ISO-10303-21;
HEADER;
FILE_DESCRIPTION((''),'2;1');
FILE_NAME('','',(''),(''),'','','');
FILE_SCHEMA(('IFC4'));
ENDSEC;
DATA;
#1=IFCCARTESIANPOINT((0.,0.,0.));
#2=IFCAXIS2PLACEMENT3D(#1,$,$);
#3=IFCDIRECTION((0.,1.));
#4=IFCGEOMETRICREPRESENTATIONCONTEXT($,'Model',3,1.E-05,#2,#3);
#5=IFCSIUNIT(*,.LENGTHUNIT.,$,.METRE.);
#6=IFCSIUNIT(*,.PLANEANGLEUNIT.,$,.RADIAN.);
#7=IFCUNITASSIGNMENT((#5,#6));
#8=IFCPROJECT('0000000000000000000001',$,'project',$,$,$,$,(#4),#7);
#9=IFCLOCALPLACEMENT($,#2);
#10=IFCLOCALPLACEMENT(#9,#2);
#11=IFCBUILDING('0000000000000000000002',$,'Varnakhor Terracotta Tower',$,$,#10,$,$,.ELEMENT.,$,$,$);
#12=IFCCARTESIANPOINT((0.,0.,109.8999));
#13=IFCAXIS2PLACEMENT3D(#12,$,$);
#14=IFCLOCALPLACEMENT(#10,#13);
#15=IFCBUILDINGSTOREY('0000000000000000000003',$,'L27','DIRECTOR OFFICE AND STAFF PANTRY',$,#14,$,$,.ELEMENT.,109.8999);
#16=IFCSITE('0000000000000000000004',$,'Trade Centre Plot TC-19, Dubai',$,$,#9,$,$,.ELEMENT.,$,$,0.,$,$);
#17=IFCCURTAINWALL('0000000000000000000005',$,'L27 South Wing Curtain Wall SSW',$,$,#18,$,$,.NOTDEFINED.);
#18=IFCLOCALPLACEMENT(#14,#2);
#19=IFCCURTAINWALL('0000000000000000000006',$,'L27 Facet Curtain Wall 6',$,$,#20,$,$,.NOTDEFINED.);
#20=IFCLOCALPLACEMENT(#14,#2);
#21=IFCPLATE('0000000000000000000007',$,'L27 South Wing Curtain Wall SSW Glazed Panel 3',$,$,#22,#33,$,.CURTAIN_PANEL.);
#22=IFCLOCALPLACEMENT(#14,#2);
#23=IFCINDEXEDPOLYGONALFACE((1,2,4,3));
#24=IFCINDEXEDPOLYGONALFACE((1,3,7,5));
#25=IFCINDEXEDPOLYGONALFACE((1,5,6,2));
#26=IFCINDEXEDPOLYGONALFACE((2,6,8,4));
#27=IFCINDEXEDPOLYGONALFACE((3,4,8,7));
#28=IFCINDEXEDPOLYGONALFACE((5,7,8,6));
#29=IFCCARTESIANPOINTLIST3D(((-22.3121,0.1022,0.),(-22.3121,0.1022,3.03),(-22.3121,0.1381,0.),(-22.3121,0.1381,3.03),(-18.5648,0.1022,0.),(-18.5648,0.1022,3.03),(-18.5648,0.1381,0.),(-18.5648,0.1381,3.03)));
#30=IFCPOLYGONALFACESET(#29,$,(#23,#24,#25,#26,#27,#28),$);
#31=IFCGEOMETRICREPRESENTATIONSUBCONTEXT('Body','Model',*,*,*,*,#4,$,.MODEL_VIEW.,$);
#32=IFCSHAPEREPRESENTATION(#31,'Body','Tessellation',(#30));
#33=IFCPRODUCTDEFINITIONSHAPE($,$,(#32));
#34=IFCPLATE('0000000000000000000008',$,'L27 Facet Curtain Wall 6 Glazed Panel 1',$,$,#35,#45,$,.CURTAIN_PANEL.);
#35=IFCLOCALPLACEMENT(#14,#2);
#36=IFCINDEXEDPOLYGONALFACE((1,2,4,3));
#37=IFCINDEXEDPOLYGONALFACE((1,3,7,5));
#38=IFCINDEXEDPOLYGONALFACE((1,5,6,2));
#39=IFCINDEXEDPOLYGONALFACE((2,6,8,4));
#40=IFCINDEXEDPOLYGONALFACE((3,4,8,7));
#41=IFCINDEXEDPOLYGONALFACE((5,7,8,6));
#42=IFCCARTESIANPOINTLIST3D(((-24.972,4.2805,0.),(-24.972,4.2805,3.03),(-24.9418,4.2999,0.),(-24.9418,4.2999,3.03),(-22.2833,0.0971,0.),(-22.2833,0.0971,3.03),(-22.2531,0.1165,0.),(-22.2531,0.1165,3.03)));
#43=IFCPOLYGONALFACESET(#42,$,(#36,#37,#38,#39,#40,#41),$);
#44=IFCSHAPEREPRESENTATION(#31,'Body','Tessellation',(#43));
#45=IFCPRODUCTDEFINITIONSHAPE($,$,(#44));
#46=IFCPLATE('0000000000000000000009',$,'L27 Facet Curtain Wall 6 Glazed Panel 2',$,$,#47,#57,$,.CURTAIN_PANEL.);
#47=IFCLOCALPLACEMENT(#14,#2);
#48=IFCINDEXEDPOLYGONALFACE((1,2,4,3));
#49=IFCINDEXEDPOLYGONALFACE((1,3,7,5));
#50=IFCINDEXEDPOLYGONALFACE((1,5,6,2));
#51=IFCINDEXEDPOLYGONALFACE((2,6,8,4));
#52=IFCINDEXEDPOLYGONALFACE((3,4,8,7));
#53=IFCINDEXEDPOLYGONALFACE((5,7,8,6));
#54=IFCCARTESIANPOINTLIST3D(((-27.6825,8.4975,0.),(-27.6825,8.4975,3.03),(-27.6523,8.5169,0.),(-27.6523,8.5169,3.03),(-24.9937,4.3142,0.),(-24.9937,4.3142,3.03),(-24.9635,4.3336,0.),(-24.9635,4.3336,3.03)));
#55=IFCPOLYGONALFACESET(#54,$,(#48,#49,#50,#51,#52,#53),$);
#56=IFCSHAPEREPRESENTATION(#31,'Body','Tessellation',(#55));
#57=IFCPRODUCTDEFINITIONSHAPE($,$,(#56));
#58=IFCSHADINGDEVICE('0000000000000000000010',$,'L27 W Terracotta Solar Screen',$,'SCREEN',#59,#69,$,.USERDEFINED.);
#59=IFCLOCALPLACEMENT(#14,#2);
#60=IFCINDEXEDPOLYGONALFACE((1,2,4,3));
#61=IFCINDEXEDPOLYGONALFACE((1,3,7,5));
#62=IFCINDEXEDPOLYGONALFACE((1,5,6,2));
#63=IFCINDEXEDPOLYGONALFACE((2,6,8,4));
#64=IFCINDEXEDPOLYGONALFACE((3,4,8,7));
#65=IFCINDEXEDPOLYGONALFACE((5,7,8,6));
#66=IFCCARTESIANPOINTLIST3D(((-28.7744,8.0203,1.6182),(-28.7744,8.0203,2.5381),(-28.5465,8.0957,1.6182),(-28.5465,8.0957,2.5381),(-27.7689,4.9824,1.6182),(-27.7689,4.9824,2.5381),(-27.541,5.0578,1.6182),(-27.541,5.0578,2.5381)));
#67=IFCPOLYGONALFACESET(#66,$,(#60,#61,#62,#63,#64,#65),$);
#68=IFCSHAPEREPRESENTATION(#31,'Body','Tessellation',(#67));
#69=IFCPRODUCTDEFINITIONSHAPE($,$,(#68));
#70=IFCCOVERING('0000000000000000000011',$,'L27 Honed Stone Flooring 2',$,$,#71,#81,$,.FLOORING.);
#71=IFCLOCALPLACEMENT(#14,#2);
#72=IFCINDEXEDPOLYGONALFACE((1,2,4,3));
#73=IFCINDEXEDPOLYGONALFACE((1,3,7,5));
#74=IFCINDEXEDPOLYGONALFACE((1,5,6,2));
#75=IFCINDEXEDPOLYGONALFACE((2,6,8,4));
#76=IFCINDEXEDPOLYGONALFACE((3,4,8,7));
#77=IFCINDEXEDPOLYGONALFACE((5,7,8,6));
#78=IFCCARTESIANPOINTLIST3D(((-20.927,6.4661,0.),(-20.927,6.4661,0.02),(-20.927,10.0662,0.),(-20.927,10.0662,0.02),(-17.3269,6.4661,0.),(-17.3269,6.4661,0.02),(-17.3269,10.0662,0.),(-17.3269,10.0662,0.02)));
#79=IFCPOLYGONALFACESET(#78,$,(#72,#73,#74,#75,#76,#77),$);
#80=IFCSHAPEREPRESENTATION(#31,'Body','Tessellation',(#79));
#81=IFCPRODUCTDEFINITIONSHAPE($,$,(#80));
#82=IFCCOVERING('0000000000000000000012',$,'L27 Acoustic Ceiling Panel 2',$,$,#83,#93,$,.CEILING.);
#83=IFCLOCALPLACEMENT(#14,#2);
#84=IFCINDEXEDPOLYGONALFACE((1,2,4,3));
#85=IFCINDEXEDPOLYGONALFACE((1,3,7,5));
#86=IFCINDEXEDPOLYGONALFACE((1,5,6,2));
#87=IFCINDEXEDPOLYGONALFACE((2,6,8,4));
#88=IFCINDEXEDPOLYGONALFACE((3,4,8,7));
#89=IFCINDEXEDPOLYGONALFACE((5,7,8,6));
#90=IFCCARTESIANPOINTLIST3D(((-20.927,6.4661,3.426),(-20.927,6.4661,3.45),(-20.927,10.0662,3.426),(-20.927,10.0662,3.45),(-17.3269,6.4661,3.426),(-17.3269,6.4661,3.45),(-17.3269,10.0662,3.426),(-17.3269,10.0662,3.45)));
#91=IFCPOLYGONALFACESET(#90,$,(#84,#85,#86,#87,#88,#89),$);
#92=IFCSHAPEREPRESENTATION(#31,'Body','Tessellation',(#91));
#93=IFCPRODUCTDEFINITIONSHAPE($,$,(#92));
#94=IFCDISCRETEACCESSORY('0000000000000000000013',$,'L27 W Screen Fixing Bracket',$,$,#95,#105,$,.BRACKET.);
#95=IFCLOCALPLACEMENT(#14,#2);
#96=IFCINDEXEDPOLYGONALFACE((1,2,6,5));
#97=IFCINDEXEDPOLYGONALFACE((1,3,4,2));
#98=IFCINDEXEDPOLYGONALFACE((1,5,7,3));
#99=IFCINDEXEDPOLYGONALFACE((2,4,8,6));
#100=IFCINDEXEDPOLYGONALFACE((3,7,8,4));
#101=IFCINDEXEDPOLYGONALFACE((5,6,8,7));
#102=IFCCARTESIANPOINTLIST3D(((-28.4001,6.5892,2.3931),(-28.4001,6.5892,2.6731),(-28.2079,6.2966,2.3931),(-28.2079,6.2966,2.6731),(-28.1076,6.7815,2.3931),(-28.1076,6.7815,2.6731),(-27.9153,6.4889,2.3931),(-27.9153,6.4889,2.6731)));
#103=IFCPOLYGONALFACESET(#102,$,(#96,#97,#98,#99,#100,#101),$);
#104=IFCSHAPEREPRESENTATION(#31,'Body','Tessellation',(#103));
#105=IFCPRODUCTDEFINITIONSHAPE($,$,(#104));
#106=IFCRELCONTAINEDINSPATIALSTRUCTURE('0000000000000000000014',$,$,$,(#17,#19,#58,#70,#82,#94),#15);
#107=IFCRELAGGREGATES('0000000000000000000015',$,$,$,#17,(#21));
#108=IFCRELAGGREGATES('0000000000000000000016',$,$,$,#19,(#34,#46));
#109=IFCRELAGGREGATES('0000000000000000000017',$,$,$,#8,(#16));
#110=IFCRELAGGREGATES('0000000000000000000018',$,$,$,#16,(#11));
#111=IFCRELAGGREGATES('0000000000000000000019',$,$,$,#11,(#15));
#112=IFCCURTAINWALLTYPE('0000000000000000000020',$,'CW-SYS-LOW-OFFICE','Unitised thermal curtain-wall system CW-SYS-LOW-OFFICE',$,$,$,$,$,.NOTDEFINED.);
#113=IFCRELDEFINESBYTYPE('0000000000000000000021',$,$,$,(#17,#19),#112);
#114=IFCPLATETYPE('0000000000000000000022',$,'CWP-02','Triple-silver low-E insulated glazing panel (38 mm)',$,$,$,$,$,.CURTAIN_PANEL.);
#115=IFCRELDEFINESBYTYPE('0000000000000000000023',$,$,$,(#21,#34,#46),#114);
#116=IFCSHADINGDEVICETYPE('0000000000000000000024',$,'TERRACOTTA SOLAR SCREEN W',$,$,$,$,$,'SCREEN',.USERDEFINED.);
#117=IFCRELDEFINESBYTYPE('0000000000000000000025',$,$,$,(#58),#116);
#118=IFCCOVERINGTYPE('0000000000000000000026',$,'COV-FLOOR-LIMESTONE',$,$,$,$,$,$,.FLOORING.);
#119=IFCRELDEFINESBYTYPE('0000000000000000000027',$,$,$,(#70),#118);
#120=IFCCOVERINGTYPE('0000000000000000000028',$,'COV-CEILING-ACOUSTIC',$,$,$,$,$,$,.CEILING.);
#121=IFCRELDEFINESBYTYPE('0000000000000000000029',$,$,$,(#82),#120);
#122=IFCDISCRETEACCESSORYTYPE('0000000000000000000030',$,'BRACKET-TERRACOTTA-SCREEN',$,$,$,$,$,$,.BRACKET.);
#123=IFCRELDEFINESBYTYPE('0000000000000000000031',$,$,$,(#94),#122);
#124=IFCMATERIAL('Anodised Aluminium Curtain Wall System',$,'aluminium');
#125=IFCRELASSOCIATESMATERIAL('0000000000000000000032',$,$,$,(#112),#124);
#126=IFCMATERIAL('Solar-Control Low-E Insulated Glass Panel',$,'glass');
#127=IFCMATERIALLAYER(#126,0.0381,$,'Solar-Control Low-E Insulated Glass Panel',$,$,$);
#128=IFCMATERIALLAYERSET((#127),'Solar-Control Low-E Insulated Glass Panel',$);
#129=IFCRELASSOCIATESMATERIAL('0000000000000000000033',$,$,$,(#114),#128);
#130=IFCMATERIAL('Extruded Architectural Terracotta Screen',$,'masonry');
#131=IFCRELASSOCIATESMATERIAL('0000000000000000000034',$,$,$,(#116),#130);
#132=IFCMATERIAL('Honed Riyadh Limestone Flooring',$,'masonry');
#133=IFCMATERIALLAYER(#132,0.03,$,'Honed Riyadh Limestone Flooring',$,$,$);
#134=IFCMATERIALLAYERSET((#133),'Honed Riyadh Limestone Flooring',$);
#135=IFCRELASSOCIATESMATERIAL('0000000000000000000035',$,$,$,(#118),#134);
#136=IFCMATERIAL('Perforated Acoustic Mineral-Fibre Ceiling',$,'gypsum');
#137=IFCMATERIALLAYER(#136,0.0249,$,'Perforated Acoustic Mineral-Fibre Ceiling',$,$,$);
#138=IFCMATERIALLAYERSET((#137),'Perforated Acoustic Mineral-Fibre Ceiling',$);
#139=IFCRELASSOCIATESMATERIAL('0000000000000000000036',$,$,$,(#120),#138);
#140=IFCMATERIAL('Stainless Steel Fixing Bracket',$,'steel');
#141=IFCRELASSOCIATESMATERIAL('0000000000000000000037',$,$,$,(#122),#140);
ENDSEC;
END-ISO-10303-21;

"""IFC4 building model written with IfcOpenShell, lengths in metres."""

from ifc_helpers import new_model, si_unit, direction, frame, origin, origin_2d, place, context, subcontext, project, spatial, rectangle, extrude, source, transform, mapped, material, layer, layer_set, type_object, type_shapes, element, aggregate, save


model = new_model("IFC4")

# Units and contexts
model_context = context("Model", 3, precision=1e-05, world=origin(), true_north=direction((0.0, 1.0)))
body_context = subcontext(model_context, "Body", "Model", "MODEL_VIEW")
ifc_project = project(units=[si_unit("LENGTHUNIT", "METRE"), si_unit("PLANEANGLEUNIT", "RADIAN")], contexts=[model_context])

# Site, building, storey
site_placement = place(None, origin())
site = spatial("IfcSite", under=ifc_project, at=site_placement, Name="Trade Centre Plot TC-19, Dubai", CompositionType="ELEMENT", RefElevation=0.0)
building_placement = place(site_placement, origin())
building = spatial("IfcBuilding", under=site, at=building_placement, Name="Varnakhor Terracotta Tower", CompositionType="ELEMENT")
storey_placement = place(building_placement, frame((0.0, 0.0, 109.8999)))
storey = spatial("IfcBuildingStorey", under=building, at=storey_placement, Name="L27", Description="DIRECTOR OFFICE AND STAFF PANTRY", CompositionType="ELEMENT", Elevation=109.8999)

# Curtain walls
ifc_material_1 = material(Name="Anodised Aluminium Curtain Wall System", Category="aluminium")
curtain_wall_type = type_object("IfcCurtainWallType", Name="CW-SYS-LOW-OFFICE", Description="Unitised thermal curtain-wall system CW-SYS-LOW-OFFICE", PredefinedType="NOTDEFINED", material=ifc_material_1)
curtain_wall_1_placement = place(storey_placement, origin())
curtain_wall_1 = element("IfcCurtainWall", 1, at=curtain_wall_1_placement, inside=storey, type_object=curtain_wall_type, Name="L27 South Wing Curtain Wall SSW", PredefinedType="NOTDEFINED")
curtain_wall_2_placement = place(storey_placement, origin())
curtain_wall_2 = element("IfcCurtainWall", 2, at=curtain_wall_2_placement, inside=storey, type_object=curtain_wall_type, Name="L27 Facet Curtain Wall 6", PredefinedType="NOTDEFINED")

# Plates
ifc_material_2 = material(Name="Solar-Control Low-E Insulated Glass Panel", Category="glass")
ifc_layer_1 = layer(ifc_material_2, 0.0381, Name="Solar-Control Low-E Insulated Glass Panel")
ifc_layer_set_1 = layer_set([ifc_layer_1], Name="Solar-Control Low-E Insulated Glass Panel")
plate_type = type_object("IfcPlateType", Name="CWP-02", Description="Triple-silver low-E insulated glazing panel (38 mm)", PredefinedType="CURTAIN_PANEL", material=ifc_layer_set_1)
shared_shape_1 = source(origin(), body_context, "Body", "SweptSolid", [
    extrude(rectangle(XDim=3.7473, YDim=0.0359, at=origin_2d()), origin(), (0.0, 0.0, 1.0), 3.03),
])
plate_1_placement = place(storey_placement, frame((-20.4385, 0.1201, 0.0), z_axis=(0.0, 0.0, 1.0), x_axis=(-1.0, 0.0, 0.0)))
plate_1 = element("IfcPlate", 3, at=plate_1_placement, type_object=plate_type, Name="L27 South Wing Curtain Wall SSW Glazed Panel 3", PredefinedType="CURTAIN_PANEL", context=body_context, shape_type="MappedRepresentation", body=[
    mapped(shared_shape_1, transform((0.0, 0.0, 0.0), scale=1.0)),
])
aggregate(curtain_wall_1, [plate_1])
shared_shape_2 = source(origin(), body_context, "Body", "SweptSolid", [
    extrude(rectangle(XDim=4.9729, YDim=0.0359, at=origin_2d()), origin(), (0.0, 0.0, 1.0), 3.03),
])
plate_2_placement = place(storey_placement, frame((-23.6125, 2.1985, 0.0), z_axis=(0.0, 0.0, 1.0), x_axis=(-0.540681, 0.841228, 0.0)))
plate_2 = element("IfcPlate", 4, at=plate_2_placement, type_object=plate_type, Name="L27 Facet Curtain Wall 6 Glazed Panel 1", PredefinedType="CURTAIN_PANEL", context=body_context, shape_type="MappedRepresentation", body=[
    mapped(shared_shape_2, transform((0.0, 0.0, 0.0), scale=1.0)),
])
plate_3_placement = place(storey_placement, frame((-26.323, 6.4155, 0.0), z_axis=(0.0, 0.0, 1.0), x_axis=(-0.540681, 0.841228, 0.0)))
plate_3 = element("IfcPlate", 5, at=plate_3_placement, type_object=plate_type, Name="L27 Facet Curtain Wall 6 Glazed Panel 2", PredefinedType="CURTAIN_PANEL", context=body_context, shape_type="MappedRepresentation", body=[
    mapped(shared_shape_2, transform((0.0, 0.0, 0.0), scale=1.0)),
])
aggregate(curtain_wall_2, [plate_2, plate_3])

# Shading device
ifc_material_3 = material(Name="Extruded Architectural Terracotta Screen", Category="masonry")
shading_device_type = type_object("IfcShadingDeviceType", Name="TERRACOTTA SOLAR SCREEN W", ElementType="SCREEN", PredefinedType="USERDEFINED", material=ifc_material_3)
shared_shape_3 = source(origin(), body_context, "Body", "SweptSolid", [
    extrude(rectangle(XDim=3.2, YDim=0.24, at=origin_2d()), origin(), (0.0, 0.0, 1.0), 0.9199),
])
type_shapes(shading_device_type, [shared_shape_3])
shading_device_placement = place(storey_placement, frame((-28.1577, 6.5391, 1.6182), z_axis=(0.0, 0.0, 1.0), x_axis=(0.314224, -0.949349, 0.0)))
element("IfcShadingDevice", 6, at=shading_device_placement, inside=storey, type_object=shading_device_type, Name="L27 W Terracotta Solar Screen", ObjectType="SCREEN", PredefinedType="USERDEFINED", context=body_context, shape_type="MappedRepresentation", body=[
    mapped(shared_shape_3, transform((0.0, 0.0, 0.0), scale=1.0)),
])

# Coverings
ifc_material_4 = material(Name="Honed Riyadh Limestone Flooring", Category="masonry")
ifc_layer_2 = layer(ifc_material_4, 0.03, Name="Honed Riyadh Limestone Flooring")
ifc_layer_set_2 = layer_set([ifc_layer_2], Name="Honed Riyadh Limestone Flooring")
covering_type_1 = type_object("IfcCoveringType", Name="COV-FLOOR-LIMESTONE", PredefinedType="FLOORING", material=ifc_layer_set_2)
shared_shape_4 = source(origin(), body_context, "Body", "SweptSolid", [
    extrude(rectangle(XDim=3.6001, YDim=3.6001, at=origin_2d()), origin(), (0.0, 0.0, 1.0), 0.02),
])
covering_1_placement = place(storey_placement, frame((-19.127, 8.2661, 0.0), z_axis=(0.0, 0.0, 1.0), x_axis=(1.0, 0.0, 0.0)))
element("IfcCovering", 7, at=covering_1_placement, inside=storey, type_object=covering_type_1, Name="L27 Honed Stone Flooring 2", PredefinedType="FLOORING", context=body_context, shape_type="MappedRepresentation", body=[
    mapped(shared_shape_4, transform((0.0, 0.0, 0.0), scale=1.0)),
])
ifc_material_5 = material(Name="Perforated Acoustic Mineral-Fibre Ceiling", Category="gypsum")
ifc_layer_3 = layer(ifc_material_5, 0.0249, Name="Perforated Acoustic Mineral-Fibre Ceiling")
ifc_layer_set_3 = layer_set([ifc_layer_3], Name="Perforated Acoustic Mineral-Fibre Ceiling")
covering_type_2 = type_object("IfcCoveringType", Name="COV-CEILING-ACOUSTIC", PredefinedType="CEILING", material=ifc_layer_set_3)
shared_shape_5 = source(origin(), body_context, "Body", "SweptSolid", [
    extrude(rectangle(XDim=3.6001, YDim=3.6001, at=origin_2d()), origin(), (0.0, 0.0, 1.0), 0.0239),
])
covering_2_placement = place(storey_placement, frame((-19.127, 8.2661, 3.426), z_axis=(0.0, 0.0, 1.0), x_axis=(1.0, 0.0, 0.0)))
element("IfcCovering", 8, at=covering_2_placement, inside=storey, type_object=covering_type_2, Name="L27 Acoustic Ceiling Panel 2", PredefinedType="CEILING", context=body_context, shape_type="MappedRepresentation", body=[
    mapped(shared_shape_5, transform((0.0, 0.0, 0.0), scale=1.0)),
])

# Discrete accessory
ifc_material_6 = material(Name="Stainless Steel Fixing Bracket", Category="steel")
discrete_accessory_type = type_object("IfcDiscreteAccessoryType", Name="BRACKET-TERRACOTTA-SCREEN", PredefinedType="BRACKET", material=ifc_material_6)
shared_shape_6 = source(origin(), body_context, "Body", "SweptSolid", [
    extrude(rectangle(XDim=0.3501, YDim=0.3501, at=origin_2d()), origin(), (0.0, 0.0, 1.0), 0.28),
])
type_shapes(discrete_accessory_type, [shared_shape_6])
discrete_accessory_placement = place(storey_placement, frame((-28.1577, 6.5391, 2.3931), z_axis=(0.0, 0.0, 1.0), x_axis=(0.549227, -0.835673, 0.0)))
element("IfcDiscreteAccessory", 9, at=discrete_accessory_placement, inside=storey, type_object=discrete_accessory_type, Name="L27 W Screen Fixing Bracket", PredefinedType="BRACKET", context=body_context, shape_type="MappedRepresentation", body=[
    mapped(shared_shape_6, transform((0.0, 0.0, 0.0), scale=1.0)),
])

save(model, "model.ifc")
